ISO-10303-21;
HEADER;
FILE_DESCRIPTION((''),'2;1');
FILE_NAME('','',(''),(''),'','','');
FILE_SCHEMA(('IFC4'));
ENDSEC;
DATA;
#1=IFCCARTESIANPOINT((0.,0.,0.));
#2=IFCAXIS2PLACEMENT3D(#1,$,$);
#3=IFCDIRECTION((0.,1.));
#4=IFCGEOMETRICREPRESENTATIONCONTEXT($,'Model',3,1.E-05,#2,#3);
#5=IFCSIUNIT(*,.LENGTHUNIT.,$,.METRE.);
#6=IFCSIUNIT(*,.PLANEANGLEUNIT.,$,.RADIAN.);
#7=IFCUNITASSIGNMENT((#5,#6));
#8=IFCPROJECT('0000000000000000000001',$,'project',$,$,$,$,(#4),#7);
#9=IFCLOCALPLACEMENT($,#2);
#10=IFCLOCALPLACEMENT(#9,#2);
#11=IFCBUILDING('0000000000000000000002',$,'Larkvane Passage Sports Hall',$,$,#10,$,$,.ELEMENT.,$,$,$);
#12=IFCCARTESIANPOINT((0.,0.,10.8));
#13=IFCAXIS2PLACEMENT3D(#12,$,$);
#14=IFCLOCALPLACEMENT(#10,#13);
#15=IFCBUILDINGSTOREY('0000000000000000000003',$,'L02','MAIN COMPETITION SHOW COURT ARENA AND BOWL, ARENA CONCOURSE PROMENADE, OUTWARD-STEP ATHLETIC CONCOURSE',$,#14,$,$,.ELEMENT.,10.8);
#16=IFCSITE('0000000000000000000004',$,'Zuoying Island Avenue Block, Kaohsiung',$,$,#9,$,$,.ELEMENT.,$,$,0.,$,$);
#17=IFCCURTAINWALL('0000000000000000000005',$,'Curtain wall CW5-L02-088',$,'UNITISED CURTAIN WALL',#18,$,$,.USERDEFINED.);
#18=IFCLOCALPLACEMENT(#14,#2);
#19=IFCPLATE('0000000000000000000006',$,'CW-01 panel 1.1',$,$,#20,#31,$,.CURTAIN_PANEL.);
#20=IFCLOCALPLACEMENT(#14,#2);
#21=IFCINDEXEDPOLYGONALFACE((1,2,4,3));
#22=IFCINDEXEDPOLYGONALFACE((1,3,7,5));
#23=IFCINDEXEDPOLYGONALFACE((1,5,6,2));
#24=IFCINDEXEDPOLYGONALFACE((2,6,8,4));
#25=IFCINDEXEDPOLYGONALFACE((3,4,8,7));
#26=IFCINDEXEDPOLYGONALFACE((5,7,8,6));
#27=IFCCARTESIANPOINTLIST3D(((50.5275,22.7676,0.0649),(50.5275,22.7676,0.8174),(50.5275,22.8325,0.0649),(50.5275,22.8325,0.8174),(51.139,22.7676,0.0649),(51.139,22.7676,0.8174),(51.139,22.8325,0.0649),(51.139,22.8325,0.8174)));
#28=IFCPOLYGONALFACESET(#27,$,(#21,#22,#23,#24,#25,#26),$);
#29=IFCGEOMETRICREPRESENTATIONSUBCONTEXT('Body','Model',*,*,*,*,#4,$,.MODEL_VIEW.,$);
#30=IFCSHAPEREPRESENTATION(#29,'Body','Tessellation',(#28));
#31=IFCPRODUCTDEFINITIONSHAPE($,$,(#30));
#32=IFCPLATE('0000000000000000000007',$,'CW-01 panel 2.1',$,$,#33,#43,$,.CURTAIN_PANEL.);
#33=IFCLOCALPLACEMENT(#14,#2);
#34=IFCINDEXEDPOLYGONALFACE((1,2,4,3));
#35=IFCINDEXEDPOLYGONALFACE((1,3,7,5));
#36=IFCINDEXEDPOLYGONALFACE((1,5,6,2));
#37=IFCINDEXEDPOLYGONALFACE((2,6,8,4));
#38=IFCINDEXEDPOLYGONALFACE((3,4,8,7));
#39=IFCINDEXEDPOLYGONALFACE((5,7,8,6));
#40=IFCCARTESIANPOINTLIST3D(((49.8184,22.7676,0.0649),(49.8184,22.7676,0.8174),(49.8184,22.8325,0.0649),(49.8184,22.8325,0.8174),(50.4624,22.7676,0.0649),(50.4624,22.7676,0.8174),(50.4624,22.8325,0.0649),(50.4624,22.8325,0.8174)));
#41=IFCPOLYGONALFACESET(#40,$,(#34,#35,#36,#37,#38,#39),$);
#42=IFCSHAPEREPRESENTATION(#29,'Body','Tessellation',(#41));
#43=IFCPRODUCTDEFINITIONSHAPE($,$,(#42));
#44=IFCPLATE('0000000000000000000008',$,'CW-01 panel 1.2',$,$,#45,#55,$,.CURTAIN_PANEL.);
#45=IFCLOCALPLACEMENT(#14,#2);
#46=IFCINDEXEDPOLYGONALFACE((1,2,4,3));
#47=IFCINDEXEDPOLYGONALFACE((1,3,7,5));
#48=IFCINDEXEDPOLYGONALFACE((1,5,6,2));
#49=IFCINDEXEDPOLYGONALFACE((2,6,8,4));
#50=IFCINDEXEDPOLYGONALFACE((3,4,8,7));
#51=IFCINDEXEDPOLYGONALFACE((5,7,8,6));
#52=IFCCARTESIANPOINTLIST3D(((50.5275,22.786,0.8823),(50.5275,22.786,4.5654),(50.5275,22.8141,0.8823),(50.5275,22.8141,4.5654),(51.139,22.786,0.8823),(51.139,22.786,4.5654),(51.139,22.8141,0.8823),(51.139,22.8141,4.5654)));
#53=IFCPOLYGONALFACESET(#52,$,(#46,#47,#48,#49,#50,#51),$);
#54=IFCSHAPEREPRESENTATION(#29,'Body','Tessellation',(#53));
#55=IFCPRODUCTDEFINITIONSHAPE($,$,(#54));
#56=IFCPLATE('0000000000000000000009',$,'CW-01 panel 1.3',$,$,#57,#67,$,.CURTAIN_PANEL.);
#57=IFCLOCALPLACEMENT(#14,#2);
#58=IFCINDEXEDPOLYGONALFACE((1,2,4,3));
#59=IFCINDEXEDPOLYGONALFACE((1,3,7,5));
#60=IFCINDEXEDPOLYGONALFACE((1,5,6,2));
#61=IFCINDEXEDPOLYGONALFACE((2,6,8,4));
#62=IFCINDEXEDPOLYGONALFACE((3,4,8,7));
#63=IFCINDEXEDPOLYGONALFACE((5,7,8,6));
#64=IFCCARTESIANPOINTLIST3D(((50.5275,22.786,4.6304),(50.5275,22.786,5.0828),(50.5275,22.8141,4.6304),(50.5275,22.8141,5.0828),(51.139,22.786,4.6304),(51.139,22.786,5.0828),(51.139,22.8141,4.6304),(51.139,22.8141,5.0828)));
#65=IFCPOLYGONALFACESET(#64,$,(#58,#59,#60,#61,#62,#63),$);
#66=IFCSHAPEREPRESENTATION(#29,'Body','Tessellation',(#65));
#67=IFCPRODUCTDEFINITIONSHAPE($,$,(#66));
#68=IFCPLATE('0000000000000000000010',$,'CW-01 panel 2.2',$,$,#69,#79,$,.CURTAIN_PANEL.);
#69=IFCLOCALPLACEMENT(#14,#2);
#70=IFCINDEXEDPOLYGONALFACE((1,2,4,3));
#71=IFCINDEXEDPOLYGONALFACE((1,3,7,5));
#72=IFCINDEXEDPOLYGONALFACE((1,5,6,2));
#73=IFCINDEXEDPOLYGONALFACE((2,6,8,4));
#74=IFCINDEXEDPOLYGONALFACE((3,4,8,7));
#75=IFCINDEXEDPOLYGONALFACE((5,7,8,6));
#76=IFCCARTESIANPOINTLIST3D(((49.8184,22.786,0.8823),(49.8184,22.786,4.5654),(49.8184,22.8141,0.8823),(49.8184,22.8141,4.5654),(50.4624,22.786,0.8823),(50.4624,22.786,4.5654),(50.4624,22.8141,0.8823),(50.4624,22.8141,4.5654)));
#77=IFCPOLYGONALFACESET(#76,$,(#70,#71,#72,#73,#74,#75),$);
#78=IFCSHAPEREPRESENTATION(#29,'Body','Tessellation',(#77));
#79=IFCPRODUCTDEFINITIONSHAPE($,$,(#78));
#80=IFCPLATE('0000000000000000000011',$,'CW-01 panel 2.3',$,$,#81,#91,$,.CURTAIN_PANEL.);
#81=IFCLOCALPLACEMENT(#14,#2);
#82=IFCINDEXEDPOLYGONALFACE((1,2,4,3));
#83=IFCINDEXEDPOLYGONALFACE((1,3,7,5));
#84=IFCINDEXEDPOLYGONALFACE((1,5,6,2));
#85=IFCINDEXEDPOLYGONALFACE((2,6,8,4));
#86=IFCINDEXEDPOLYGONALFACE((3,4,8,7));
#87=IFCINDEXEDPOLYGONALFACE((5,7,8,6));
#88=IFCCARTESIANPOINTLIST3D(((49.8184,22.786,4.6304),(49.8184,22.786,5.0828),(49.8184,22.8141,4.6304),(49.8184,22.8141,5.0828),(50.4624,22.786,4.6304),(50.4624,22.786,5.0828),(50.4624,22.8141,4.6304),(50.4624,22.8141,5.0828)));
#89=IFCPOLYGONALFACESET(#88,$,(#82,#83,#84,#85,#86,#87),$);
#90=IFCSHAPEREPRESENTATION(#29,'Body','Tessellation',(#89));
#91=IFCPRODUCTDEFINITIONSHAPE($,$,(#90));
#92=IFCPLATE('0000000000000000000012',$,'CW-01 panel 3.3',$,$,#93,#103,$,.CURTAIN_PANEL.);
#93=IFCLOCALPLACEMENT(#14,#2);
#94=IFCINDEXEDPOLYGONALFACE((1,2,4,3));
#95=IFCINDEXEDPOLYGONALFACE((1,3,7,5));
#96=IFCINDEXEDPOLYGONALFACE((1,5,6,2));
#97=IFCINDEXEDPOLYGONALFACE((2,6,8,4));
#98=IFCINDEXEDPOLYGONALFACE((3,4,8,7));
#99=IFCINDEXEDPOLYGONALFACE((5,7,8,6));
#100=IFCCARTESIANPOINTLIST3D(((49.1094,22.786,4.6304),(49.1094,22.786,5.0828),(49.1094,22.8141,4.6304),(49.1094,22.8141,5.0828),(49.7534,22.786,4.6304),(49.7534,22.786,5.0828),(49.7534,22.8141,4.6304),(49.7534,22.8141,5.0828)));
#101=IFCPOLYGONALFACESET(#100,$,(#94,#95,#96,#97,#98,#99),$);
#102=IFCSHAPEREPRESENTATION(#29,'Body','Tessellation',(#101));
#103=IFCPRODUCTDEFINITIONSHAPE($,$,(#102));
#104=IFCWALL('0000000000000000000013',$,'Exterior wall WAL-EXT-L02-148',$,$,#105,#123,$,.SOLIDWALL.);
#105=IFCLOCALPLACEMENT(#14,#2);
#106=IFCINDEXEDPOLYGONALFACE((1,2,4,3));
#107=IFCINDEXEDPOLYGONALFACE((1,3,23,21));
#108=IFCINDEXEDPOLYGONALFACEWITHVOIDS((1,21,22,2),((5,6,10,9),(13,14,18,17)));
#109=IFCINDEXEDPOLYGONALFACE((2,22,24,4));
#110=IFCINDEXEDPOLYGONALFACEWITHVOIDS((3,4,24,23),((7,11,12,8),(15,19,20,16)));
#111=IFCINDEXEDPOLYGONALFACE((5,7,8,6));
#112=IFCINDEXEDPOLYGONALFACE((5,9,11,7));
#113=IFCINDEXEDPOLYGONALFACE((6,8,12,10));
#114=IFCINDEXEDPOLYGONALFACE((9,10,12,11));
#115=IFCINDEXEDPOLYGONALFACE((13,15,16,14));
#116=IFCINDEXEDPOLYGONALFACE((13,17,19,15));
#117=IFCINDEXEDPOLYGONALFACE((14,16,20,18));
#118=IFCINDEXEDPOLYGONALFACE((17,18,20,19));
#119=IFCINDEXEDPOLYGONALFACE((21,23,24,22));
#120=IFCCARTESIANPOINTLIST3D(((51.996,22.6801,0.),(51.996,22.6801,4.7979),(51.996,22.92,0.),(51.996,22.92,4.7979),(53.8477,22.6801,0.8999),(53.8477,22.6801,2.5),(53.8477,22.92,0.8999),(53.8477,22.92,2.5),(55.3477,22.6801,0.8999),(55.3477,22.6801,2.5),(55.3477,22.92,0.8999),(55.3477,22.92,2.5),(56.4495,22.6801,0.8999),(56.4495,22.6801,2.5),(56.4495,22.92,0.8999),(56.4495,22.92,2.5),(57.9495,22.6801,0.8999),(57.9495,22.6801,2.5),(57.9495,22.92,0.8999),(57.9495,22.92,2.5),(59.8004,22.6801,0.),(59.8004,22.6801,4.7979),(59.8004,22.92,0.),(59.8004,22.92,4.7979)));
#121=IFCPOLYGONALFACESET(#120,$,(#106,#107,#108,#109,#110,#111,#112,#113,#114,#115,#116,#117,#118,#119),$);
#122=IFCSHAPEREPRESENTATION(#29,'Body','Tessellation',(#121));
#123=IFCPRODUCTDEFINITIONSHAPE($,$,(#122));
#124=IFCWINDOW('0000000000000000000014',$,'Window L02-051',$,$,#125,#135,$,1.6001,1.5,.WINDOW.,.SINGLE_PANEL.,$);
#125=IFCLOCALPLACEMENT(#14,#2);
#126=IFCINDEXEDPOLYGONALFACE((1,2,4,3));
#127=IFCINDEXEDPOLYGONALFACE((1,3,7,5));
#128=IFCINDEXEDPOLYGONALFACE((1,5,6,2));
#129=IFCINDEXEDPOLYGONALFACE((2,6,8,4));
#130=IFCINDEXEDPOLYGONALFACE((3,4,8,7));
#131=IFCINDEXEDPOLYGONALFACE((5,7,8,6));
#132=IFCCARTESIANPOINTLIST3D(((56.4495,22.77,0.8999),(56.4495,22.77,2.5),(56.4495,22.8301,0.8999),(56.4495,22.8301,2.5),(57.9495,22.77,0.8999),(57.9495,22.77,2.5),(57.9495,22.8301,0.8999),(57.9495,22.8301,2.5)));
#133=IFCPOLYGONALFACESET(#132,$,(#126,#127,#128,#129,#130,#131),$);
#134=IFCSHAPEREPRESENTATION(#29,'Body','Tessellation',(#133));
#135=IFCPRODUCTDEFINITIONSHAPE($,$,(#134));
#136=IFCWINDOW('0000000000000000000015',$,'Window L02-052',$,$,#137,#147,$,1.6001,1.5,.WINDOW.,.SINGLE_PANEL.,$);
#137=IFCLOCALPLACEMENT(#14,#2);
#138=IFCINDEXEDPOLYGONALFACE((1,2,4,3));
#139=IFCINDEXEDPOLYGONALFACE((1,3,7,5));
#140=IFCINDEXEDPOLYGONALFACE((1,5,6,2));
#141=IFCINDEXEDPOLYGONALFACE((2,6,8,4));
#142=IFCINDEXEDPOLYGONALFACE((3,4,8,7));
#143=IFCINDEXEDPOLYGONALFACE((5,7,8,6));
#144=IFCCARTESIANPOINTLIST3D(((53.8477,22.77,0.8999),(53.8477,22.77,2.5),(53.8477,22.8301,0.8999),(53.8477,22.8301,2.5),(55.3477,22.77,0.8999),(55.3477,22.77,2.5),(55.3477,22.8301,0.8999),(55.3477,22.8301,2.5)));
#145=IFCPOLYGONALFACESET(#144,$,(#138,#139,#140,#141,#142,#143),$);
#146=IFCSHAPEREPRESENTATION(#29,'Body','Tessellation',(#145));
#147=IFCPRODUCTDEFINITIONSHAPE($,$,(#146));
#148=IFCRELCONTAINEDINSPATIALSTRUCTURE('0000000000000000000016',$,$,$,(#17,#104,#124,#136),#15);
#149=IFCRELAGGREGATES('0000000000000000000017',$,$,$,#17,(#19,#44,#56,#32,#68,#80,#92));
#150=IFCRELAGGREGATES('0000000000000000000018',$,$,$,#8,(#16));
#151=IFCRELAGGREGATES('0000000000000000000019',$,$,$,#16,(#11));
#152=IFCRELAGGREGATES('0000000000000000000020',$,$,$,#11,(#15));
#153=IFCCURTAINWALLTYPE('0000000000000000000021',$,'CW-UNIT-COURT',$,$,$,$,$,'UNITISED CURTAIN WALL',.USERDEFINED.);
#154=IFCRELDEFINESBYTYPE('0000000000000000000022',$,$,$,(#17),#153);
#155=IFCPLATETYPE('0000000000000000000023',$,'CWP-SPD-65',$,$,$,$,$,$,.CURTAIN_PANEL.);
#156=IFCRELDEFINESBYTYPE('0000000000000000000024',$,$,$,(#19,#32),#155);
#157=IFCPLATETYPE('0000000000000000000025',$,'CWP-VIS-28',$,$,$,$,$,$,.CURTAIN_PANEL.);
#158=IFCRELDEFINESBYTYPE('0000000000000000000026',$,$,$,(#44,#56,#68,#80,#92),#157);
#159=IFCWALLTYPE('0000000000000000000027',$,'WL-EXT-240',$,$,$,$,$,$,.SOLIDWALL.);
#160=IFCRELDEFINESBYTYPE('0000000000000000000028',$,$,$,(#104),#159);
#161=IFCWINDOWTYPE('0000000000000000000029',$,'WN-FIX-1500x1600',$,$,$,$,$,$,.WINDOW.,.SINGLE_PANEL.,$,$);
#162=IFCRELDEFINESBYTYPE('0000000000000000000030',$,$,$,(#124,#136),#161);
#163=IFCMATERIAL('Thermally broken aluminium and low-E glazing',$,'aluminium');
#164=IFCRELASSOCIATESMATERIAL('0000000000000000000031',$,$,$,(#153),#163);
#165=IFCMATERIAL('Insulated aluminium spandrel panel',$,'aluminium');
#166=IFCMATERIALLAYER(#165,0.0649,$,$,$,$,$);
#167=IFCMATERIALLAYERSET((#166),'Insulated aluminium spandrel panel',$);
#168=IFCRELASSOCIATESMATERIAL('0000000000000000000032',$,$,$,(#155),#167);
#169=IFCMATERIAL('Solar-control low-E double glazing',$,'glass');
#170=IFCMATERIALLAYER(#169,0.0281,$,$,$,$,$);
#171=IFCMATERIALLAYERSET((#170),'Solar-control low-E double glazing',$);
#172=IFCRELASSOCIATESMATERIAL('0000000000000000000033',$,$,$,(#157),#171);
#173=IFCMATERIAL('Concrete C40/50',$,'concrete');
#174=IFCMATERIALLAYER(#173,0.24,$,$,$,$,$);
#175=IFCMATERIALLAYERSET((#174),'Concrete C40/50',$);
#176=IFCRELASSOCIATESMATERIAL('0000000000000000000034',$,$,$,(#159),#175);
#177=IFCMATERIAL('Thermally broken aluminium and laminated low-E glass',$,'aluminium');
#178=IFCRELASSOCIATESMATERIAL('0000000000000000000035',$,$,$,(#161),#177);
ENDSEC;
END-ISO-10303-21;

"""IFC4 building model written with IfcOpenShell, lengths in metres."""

from ifc_helpers import new_model, si_unit, direction, frame, frame_2d, origin, origin_2d, place, context, subcontext, project, spatial, rectangle, extrude, material, layer, layer_set, type_object, element, fill, aggregate, save


model = new_model("IFC4")

# Units and contexts
model_context = context("Model", 3, precision=1e-05, world=origin(), true_north=direction((0.0, 1.0)))
body_context = subcontext(model_context, "Body", "Model", "MODEL_VIEW")
ifc_project = project(units=[si_unit("LENGTHUNIT", "METRE"), si_unit("PLANEANGLEUNIT", "RADIAN")], contexts=[model_context])

# Site, building, storey
site_placement = place(None, origin())
site = spatial("IfcSite", under=ifc_project, at=site_placement, Name="Zuoying Island Avenue Block, Kaohsiung", CompositionType="ELEMENT", RefElevation=0.0)
building_placement = place(site_placement, origin())
building = spatial("IfcBuilding", under=site, at=building_placement, Name="Larkvane Passage Sports Hall", CompositionType="ELEMENT")
storey_placement = place(building_placement, frame((0.0, 0.0, 10.8)))
storey = spatial("IfcBuildingStorey", under=building, at=storey_placement, Name="L02", Description="MAIN COMPETITION SHOW COURT ARENA AND BOWL, ARENA CONCOURSE PROMENADE, OUTWARD-STEP ATHLETIC CONCOURSE", CompositionType="ELEMENT", Elevation=10.8)

# Curtain wall
ifc_material_1 = material(Name="Thermally broken aluminium and low-E glazing", Category="aluminium")
curtain_wall_type = type_object("IfcCurtainWallType", Name="CW-UNIT-COURT", ElementType="UNITISED CURTAIN WALL", PredefinedType="USERDEFINED", material=ifc_material_1)
curtain_wall_placement = place(storey_placement, origin())
curtain_wall = element("IfcCurtainWall", 1, at=curtain_wall_placement, inside=storey, type_object=curtain_wall_type, Name="Curtain wall CW5-L02-088", ObjectType="UNITISED CURTAIN WALL", PredefinedType="USERDEFINED")

# Shared definitions
ifc_material_2 = material(Name="Concrete C40/50", Category="concrete")

# Plates
ifc_material_3 = material(Name="Insulated aluminium spandrel panel", Category="aluminium")
ifc_layer_1 = layer(ifc_material_3, 0.0649)
ifc_layer_set_1 = layer_set([ifc_layer_1], Name="Insulated aluminium spandrel panel")
plate_type_1 = type_object("IfcPlateType", Name="CWP-SPD-65", PredefinedType="CURTAIN_PANEL", material=ifc_layer_set_1)
plate_1_placement = place(storey_placement, frame((50.8333, 22.8, 0.0649), z_axis=(0.0, 0.0, 1.0), x_axis=(-1.0, 0.0, 0.0)))
plate_1 = element("IfcPlate", 2, at=plate_1_placement, type_object=plate_type_1, Name="CW-01 panel 1.1", PredefinedType="CURTAIN_PANEL", context=body_context, shape_type="SweptSolid", body=[
    extrude(rectangle(XDim=0.6116, YDim=0.0649, at=origin_2d()), origin(), (0.0, 0.0, 1.0), 0.7524),
])
plate_2_placement = place(storey_placement, frame((50.1404, 22.8, 0.0649), z_axis=(0.0, 0.0, 1.0), x_axis=(-1.0, 0.0, 0.0)))
plate_2 = element("IfcPlate", 3, at=plate_2_placement, type_object=plate_type_1, Name="CW-01 panel 2.1", PredefinedType="CURTAIN_PANEL", context=body_context, shape_type="SweptSolid", body=[
    extrude(rectangle(XDim=0.644, YDim=0.0649, at=origin_2d()), origin(), (0.0, 0.0, 1.0), 0.7524),
])
ifc_material_4 = material(Name="Solar-control low-E double glazing", Category="glass")
ifc_layer_2 = layer(ifc_material_4, 0.0281)
ifc_layer_set_2 = layer_set([ifc_layer_2], Name="Solar-control low-E double glazing")
plate_type_2 = type_object("IfcPlateType", Name="CWP-VIS-28", PredefinedType="CURTAIN_PANEL", material=ifc_layer_set_2)
plate_3_placement = place(storey_placement, frame((50.8333, 22.8, 0.8823), z_axis=(0.0, 0.0, 1.0), x_axis=(-1.0, 0.0, 0.0)))
plate_3 = element("IfcPlate", 4, at=plate_3_placement, type_object=plate_type_2, Name="CW-01 panel 1.2", PredefinedType="CURTAIN_PANEL", context=body_context, shape_type="SweptSolid", body=[
    extrude(rectangle(XDim=0.6116, YDim=0.0281, at=origin_2d()), origin(), (0.0, 0.0, 1.0), 3.6831),
])
plate_4_placement = place(storey_placement, frame((50.8333, 22.8, 4.6304), z_axis=(0.0, 0.0, 1.0), x_axis=(-1.0, 0.0, 0.0)))
plate_4 = element("IfcPlate", 5, at=plate_4_placement, type_object=plate_type_2, Name="CW-01 panel 1.3", PredefinedType="CURTAIN_PANEL", context=body_context, shape_type="SweptSolid", body=[
    extrude(rectangle(XDim=0.6116, YDim=0.0281, at=origin_2d()), origin(), (0.0, 0.0, 1.0), 0.4524),
])
plate_5_placement = place(storey_placement, frame((50.1404, 22.8, 0.8823), z_axis=(0.0, 0.0, 1.0), x_axis=(-1.0, 0.0, 0.0)))
plate_5 = element("IfcPlate", 6, at=plate_5_placement, type_object=plate_type_2, Name="CW-01 panel 2.2", PredefinedType="CURTAIN_PANEL", context=body_context, shape_type="SweptSolid", body=[
    extrude(rectangle(XDim=0.644, YDim=0.0281, at=origin_2d()), origin(), (0.0, 0.0, 1.0), 3.6831),
])
plate_6_placement = place(storey_placement, frame((50.1404, 22.8, 4.6304), z_axis=(0.0, 0.0, 1.0), x_axis=(-1.0, 0.0, 0.0)))
plate_6 = element("IfcPlate", 7, at=plate_6_placement, type_object=plate_type_2, Name="CW-01 panel 2.3", PredefinedType="CURTAIN_PANEL", context=body_context, shape_type="SweptSolid", body=[
    extrude(rectangle(XDim=0.644, YDim=0.0281, at=origin_2d()), origin(), (0.0, 0.0, 1.0), 0.4524),
])
plate_7_placement = place(storey_placement, frame((49.4314, 22.8, 4.6304), z_axis=(0.0, 0.0, 1.0), x_axis=(-1.0, 0.0, 0.0)))
plate_7 = element("IfcPlate", 8, at=plate_7_placement, type_object=plate_type_2, Name="CW-01 panel 3.3", PredefinedType="CURTAIN_PANEL", context=body_context, shape_type="SweptSolid", body=[
    extrude(rectangle(XDim=0.644, YDim=0.0281, at=origin_2d()), origin(), (0.0, 0.0, 1.0), 0.4524),
])
aggregate(curtain_wall, [plate_1, plate_3, plate_4, plate_2, plate_5, plate_6, plate_7])

# Wall, openings, windows
ifc_layer_3 = layer(ifc_material_2, 0.24)
ifc_layer_set_3 = layer_set([ifc_layer_3], Name="Concrete C40/50")
wall_type = type_object("IfcWallType", Name="WL-EXT-240", PredefinedType="SOLIDWALL", material=ifc_layer_set_3)
wall_placement = place(storey_placement, frame((59.8005, 22.8, 0.0), z_axis=(0.0, 0.0, 1.0), x_axis=(-1.0, 0.0, 0.0)))
wall = element("IfcWall", 9, at=wall_placement, inside=storey, type_object=wall_type, Name="Exterior wall WAL-EXT-L02-148", PredefinedType="SOLIDWALL", context=body_context, shape_type="SweptSolid", body=[
    extrude(rectangle(XDim=7.8044, YDim=0.24, at=frame_2d((3.9023, 0.0))), origin(), (0.0, 0.0, 1.0), 4.7979),
])
opening_1_placement = place(wall_placement, frame((1.8511, 0.0, 0.8999)))
opening_1 = element("IfcOpeningElement", 10, at=opening_1_placement, cuts=wall, PredefinedType="OPENING", context=body_context, shape_type="SweptSolid", body=[
    extrude(rectangle(XDim=1.5, YDim=1.6001, at=frame_2d((0.75, 0.8))), frame((0.0, 0.1299, 0.0), z_axis=(0.0, -1.0, 0.0), x_axis=(1.0, 0.0, 0.0)), (0.0, 0.0, 1.0), 0.26),
])
opening_2_placement = place(wall_placement, frame((4.4529, 0.0, 0.8999)))
opening_2 = element("IfcOpeningElement", 11, at=opening_2_placement, cuts=wall, PredefinedType="OPENING", context=body_context, shape_type="SweptSolid", body=[
    extrude(rectangle(XDim=1.5, YDim=1.6001, at=frame_2d((0.75, 0.8))), frame((0.0, 0.1299, 0.0), z_axis=(0.0, -1.0, 0.0), x_axis=(1.0, 0.0, 0.0)), (0.0, 0.0, 1.0), 0.26),
])
ifc_material_5 = material(Name="Thermally broken aluminium and laminated low-E glass", Category="aluminium")
window_type = type_object("IfcWindowType", Name="WN-FIX-1500x1600", PartitioningType="SINGLE_PANEL", PredefinedType="WINDOW", material=ifc_material_5)
window_1_placement = place(opening_1_placement, origin())
window_1 = element("IfcWindow", 12, at=window_1_placement, inside=storey, type_object=window_type, Name="Window L02-051", OverallHeight=1.6001, OverallWidth=1.5, PartitioningType="SINGLE_PANEL", PredefinedType="WINDOW", context=body_context, shape_type="SweptSolid", body=[
    extrude(rectangle(XDim=1.5, YDim=1.6001, at=frame_2d((0.75, 0.8))), frame((0.0, 0.03, 0.0), z_axis=(0.0, -1.0, 0.0), x_axis=(1.0, 0.0, 0.0)), (0.0, 0.0, 1.0), 0.0601),
])
fill(opening_1, window_1)
window_2_placement = place(opening_2_placement, origin())
window_2 = element("IfcWindow", 13, at=window_2_placement, inside=storey, type_object=window_type, Name="Window L02-052", OverallHeight=1.6001, OverallWidth=1.5, PartitioningType="SINGLE_PANEL", PredefinedType="WINDOW", context=body_context, shape_type="SweptSolid", body=[
    extrude(rectangle(XDim=1.5, YDim=1.6001, at=frame_2d((0.75, 0.8))), frame((0.0, 0.03, 0.0), z_axis=(0.0, -1.0, 0.0), x_axis=(1.0, 0.0, 0.0)), (0.0, 0.0, 1.0), 0.0601),
])
fill(opening_2, window_2)

save(model, "model.ifc")
